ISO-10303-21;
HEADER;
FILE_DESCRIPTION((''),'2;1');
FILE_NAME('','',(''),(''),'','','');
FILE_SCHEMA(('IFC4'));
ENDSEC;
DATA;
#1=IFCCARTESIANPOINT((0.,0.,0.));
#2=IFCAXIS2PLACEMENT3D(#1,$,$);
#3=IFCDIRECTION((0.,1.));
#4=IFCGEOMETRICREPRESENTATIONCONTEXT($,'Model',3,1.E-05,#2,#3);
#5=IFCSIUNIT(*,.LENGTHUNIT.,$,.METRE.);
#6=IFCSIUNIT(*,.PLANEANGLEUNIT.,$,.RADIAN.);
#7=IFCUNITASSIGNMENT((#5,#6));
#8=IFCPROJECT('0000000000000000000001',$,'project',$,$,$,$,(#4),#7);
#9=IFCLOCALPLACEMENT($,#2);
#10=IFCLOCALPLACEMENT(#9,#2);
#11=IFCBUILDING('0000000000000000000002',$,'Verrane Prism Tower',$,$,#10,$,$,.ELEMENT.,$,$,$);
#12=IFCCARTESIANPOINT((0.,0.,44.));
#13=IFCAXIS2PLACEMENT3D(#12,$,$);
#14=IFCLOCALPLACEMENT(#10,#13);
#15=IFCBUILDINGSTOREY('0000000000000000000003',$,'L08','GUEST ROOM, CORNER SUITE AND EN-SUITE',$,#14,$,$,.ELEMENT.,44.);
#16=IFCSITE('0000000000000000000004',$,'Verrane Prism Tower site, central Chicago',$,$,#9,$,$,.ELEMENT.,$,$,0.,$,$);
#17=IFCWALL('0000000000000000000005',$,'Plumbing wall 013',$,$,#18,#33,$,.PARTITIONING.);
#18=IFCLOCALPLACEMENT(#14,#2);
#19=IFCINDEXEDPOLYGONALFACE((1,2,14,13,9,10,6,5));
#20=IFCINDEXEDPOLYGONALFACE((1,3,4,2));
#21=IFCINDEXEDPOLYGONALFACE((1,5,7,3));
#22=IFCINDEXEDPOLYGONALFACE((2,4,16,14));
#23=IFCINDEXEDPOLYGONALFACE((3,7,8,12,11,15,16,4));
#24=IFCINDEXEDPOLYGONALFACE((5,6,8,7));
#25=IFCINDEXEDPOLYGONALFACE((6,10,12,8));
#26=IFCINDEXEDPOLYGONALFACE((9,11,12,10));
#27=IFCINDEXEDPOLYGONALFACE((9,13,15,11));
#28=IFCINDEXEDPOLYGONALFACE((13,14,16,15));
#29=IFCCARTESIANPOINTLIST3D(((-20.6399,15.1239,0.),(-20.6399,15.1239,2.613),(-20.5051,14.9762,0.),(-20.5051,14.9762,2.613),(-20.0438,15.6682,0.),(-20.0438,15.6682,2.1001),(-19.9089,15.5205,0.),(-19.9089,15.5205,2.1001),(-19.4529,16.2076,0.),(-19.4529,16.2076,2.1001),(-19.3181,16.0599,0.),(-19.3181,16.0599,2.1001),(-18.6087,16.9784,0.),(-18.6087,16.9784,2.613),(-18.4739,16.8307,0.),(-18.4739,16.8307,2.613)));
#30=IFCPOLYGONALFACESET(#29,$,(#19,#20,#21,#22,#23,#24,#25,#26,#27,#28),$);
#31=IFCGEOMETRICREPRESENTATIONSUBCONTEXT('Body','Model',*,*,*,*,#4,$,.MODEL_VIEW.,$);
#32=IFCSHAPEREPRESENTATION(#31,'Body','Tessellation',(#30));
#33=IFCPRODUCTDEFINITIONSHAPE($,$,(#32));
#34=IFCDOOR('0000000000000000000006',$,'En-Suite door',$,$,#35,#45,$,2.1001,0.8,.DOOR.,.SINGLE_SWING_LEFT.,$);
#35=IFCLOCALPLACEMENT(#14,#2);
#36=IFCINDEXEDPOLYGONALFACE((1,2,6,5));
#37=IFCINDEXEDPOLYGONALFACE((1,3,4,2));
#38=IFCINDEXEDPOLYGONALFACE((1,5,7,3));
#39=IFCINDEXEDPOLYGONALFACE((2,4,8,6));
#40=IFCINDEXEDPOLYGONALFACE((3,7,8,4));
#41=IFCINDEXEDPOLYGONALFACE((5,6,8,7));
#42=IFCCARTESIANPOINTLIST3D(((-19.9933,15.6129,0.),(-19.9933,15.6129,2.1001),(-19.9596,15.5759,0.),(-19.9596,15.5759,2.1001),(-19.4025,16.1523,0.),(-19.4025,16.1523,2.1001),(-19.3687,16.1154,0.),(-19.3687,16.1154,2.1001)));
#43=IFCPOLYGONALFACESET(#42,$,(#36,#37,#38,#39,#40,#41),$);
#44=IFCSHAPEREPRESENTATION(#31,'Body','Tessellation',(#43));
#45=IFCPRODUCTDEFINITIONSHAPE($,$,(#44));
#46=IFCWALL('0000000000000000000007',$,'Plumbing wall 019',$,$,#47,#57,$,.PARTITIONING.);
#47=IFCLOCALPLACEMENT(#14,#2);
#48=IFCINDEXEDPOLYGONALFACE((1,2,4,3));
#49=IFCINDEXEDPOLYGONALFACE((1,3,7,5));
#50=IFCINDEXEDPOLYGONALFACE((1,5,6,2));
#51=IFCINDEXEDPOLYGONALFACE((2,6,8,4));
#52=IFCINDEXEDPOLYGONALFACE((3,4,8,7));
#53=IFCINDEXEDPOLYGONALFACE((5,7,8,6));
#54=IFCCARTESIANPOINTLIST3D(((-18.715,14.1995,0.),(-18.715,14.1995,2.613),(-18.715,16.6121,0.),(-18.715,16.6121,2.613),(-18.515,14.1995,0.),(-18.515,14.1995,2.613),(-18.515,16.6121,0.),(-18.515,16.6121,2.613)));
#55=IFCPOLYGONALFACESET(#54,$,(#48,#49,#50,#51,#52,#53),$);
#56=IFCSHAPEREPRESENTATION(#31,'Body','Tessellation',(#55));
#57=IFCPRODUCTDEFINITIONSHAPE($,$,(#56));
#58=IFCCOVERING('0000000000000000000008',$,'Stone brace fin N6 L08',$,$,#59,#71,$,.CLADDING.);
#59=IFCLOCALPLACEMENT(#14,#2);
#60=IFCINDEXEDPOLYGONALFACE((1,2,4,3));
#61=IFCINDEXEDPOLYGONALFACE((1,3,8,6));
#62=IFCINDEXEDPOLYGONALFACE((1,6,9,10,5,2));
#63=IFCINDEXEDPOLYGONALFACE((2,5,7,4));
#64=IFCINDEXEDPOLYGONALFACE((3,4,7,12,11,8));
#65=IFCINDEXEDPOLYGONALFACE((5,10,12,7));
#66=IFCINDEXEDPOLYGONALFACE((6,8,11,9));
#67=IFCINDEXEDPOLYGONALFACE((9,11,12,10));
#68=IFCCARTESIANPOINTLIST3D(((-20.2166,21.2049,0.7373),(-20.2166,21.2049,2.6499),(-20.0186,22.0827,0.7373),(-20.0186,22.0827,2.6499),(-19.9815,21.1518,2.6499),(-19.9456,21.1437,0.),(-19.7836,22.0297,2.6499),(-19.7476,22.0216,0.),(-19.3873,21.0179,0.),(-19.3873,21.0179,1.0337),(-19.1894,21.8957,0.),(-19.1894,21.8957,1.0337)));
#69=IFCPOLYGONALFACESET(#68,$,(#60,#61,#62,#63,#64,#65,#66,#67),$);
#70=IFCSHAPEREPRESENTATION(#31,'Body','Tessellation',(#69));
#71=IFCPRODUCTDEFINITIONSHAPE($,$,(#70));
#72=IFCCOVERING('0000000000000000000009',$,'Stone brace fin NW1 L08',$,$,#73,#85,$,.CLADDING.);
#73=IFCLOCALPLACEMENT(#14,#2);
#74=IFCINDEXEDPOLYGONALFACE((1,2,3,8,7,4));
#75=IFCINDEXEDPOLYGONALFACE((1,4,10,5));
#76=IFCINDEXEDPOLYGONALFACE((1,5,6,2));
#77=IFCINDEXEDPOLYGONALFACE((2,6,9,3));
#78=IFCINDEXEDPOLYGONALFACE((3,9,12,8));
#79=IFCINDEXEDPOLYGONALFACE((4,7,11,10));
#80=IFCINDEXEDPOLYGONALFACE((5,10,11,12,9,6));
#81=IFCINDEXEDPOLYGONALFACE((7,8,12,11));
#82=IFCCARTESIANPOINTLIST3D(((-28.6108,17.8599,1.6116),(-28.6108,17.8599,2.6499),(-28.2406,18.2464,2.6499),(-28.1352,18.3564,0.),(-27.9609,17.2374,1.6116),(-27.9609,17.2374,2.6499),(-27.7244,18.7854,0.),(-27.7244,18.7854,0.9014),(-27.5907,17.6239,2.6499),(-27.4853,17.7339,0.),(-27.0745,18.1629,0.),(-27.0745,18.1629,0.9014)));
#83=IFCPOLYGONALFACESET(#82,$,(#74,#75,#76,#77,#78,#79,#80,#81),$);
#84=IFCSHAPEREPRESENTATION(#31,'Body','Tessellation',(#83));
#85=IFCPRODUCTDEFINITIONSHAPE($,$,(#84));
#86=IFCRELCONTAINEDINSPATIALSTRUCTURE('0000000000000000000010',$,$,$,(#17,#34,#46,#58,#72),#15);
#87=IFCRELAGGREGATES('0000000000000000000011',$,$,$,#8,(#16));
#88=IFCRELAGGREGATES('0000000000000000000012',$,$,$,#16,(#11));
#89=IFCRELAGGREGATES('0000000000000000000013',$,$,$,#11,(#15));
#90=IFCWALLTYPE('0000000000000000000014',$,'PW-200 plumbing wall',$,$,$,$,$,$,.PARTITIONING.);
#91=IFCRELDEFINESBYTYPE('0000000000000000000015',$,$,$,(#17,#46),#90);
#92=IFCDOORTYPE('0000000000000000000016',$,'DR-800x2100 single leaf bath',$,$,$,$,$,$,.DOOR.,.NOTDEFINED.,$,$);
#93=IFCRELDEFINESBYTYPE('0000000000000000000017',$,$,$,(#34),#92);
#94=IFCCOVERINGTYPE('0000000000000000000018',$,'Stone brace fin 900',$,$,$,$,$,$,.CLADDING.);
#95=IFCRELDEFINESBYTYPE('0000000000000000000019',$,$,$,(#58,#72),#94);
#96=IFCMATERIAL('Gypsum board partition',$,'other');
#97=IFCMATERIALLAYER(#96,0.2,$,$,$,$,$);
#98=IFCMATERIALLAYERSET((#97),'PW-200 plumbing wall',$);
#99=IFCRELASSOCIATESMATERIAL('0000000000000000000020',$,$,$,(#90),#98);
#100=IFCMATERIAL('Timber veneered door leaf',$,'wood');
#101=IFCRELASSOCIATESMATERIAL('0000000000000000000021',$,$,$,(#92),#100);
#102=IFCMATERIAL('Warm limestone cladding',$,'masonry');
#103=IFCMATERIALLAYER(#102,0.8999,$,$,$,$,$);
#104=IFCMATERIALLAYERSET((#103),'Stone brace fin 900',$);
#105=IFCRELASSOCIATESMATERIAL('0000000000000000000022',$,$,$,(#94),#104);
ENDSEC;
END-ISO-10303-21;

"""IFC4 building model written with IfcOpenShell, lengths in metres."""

from ifc_helpers import new_model, si_unit, direction, frame, frame_2d, origin, place, context, subcontext, project, spatial, polyline, rectangle, outline, extrude, material, layer, layer_set, type_object, element, fill, save


model = new_model("IFC4")

# Units and contexts
model_context = context("Model", 3, precision=1e-05, world=origin(), true_north=direction((0.0, 1.0)))
body_context = subcontext(model_context, "Body", "Model", "MODEL_VIEW")
ifc_project = project(units=[si_unit("LENGTHUNIT", "METRE"), si_unit("PLANEANGLEUNIT", "RADIAN")], contexts=[model_context])

# Site, building, storey
site_placement = place(None, origin())
site = spatial("IfcSite", under=ifc_project, at=site_placement, Name="Verrane Prism Tower site, central Chicago", CompositionType="ELEMENT", RefElevation=0.0)
building_placement = place(site_placement, origin())
building = spatial("IfcBuilding", under=site, at=building_placement, Name="Verrane Prism Tower", CompositionType="ELEMENT")
storey_placement = place(building_placement, frame((0.0, 0.0, 44.0)))
storey = spatial("IfcBuildingStorey", under=building, at=storey_placement, Name="L08", Description="GUEST ROOM, CORNER SUITE AND EN-SUITE", CompositionType="ELEMENT", Elevation=44.0)

# Wall, opening, door
ifc_material_1 = material(Name="Gypsum board partition", Category="other")
ifc_layer_1 = layer(ifc_material_1, 0.2)
ifc_layer_set_1 = layer_set([ifc_layer_1], Name="PW-200 plumbing wall")
wall_type_1 = type_object("IfcWallType", Name="PW-200 plumbing wall", PredefinedType="PARTITIONING", material=ifc_layer_set_1)
wall_1_placement = place(storey_placement, frame((-18.5413, 16.9045, 0.0), z_axis=(0.0, 0.0, 1.0), x_axis=(-0.738509, -0.674244, 0.0)))
wall_1 = element("IfcWall", 1, at=wall_1_placement, inside=storey, type_object=wall_type_1, Name="Plumbing wall 013", PredefinedType="PARTITIONING", context=body_context, shape_type="SweptSolid", body=[
    extrude(rectangle(XDim=2.7505, YDim=0.2, at=frame_2d((1.3752, 0.0))), origin(), (0.0, 0.0, 1.0), 2.613),
])
opening_1_placement = place(wall_1_placement, frame((1.1433, 0.0, 0.0)))
opening_1 = element("IfcOpeningElement", 2, at=opening_1_placement, cuts=wall_1, PredefinedType="OPENING", context=body_context, shape_type="SweptSolid", body=[
    extrude(rectangle(XDim=0.8, YDim=2.1001, at=frame_2d((0.3999, 1.05))), frame((0.0, 0.1099, 0.0), z_axis=(0.0, -1.0, 0.0), x_axis=(1.0, 0.0, 0.0)), (0.0, 0.0, 1.0), 0.22),
])
ifc_material_2 = material(Name="Timber veneered door leaf", Category="wood")
door_type_1 = type_object("IfcDoorType", Name="DR-800x2100 single leaf bath", OperationType="NOTDEFINED", PredefinedType="DOOR", material=ifc_material_2)
door_1_placement = place(opening_1_placement, origin())
door_1 = element("IfcDoor", 3, at=door_1_placement, inside=storey, type_object=door_type_1, Name="En-Suite door", OperationType="SINGLE_SWING_LEFT", OverallHeight=2.1001, OverallWidth=0.8, PredefinedType="DOOR", context=body_context, shape_type="SweptSolid", body=[
    extrude(rectangle(XDim=0.8, YDim=2.1001, at=frame_2d((0.3999, 1.05))), frame((0.0, 0.0249, 0.0), z_axis=(0.0, -1.0, 0.0), x_axis=(1.0, 0.0, 0.0)), (0.0, 0.0, 1.0), 0.05),
])
fill(opening_1, door_1)

# Wall
wall_2_placement = place(storey_placement, frame((-18.615, 14.1995, 0.0), z_axis=(0.0, 0.0, 1.0), x_axis=(0.0, 1.0, 0.0)))
element("IfcWall", 4, at=wall_2_placement, inside=storey, type_object=wall_type_1, Name="Plumbing wall 019", PredefinedType="PARTITIONING", context=body_context, shape_type="SweptSolid", body=[
    extrude(rectangle(XDim=2.4126, YDim=0.2, at=frame_2d((1.2063, 0.0))), origin(), (0.0, 0.0, 1.0), 2.613),
])

# Coverings
ifc_material_3 = material(Name="Warm limestone cladding", Category="masonry")
ifc_layer_2 = layer(ifc_material_3, 0.8999)
ifc_layer_set_2 = layer_set([ifc_layer_2], Name="Stone brace fin 900")
covering_type = type_object("IfcCoveringType", Name="Stone brace fin 900", PredefinedType="CLADDING", material=ifc_layer_set_2)
covering_1_placement = place(storey_placement, frame((-19.2883, 21.4568, 0.0), z_axis=(0.0, 0.0, 1.0), x_axis=(-0.975507, 0.21997, 0.0)))
element("IfcCovering", 5, at=covering_1_placement, inside=storey, type_object=covering_type, Name="Stone brace fin N6 L08", PredefinedType="CLADDING", context=body_context, shape_type="SweptSolid", body=[
    extrude(outline(polyline([(0.8501, 2.6499), (0.6091, 2.6499), (0.0, 1.0337), (0.0, 0.0), (0.5723, 0.0), (0.8501, 0.7373), (0.8501, 2.6499)])), frame((0.0, 0.45, 0.0), z_axis=(0.0, -1.0, 0.0), x_axis=(1.0, 0.0, 0.0)), (0.0, 0.0, 1.0), 0.8999),
])
covering_2_placement = place(storey_placement, frame((-27.3994, 18.4741, 0.0), z_axis=(0.0, 0.0, 1.0), x_axis=(-0.691703, -0.722182, 0.0)))
element("IfcCovering", 6, at=covering_2_placement, inside=storey, type_object=covering_type, Name="Stone brace fin NW1 L08", PredefinedType="CLADDING", context=body_context, shape_type="SweptSolid", body=[
    extrude(outline(polyline([(1.2815, 2.6499), (0.7463, 2.6499), (0.0, 0.9014), (0.0, 0.0), (0.594, 0.0), (1.2815, 1.6116), (1.2815, 2.6499)])), frame((0.0, 0.45, 0.0), z_axis=(0.0, -1.0, 0.0), x_axis=(1.0, 0.0, 0.0)), (0.0, 0.0, 1.0), 0.8999),
])

save(model, "model.ifc")
